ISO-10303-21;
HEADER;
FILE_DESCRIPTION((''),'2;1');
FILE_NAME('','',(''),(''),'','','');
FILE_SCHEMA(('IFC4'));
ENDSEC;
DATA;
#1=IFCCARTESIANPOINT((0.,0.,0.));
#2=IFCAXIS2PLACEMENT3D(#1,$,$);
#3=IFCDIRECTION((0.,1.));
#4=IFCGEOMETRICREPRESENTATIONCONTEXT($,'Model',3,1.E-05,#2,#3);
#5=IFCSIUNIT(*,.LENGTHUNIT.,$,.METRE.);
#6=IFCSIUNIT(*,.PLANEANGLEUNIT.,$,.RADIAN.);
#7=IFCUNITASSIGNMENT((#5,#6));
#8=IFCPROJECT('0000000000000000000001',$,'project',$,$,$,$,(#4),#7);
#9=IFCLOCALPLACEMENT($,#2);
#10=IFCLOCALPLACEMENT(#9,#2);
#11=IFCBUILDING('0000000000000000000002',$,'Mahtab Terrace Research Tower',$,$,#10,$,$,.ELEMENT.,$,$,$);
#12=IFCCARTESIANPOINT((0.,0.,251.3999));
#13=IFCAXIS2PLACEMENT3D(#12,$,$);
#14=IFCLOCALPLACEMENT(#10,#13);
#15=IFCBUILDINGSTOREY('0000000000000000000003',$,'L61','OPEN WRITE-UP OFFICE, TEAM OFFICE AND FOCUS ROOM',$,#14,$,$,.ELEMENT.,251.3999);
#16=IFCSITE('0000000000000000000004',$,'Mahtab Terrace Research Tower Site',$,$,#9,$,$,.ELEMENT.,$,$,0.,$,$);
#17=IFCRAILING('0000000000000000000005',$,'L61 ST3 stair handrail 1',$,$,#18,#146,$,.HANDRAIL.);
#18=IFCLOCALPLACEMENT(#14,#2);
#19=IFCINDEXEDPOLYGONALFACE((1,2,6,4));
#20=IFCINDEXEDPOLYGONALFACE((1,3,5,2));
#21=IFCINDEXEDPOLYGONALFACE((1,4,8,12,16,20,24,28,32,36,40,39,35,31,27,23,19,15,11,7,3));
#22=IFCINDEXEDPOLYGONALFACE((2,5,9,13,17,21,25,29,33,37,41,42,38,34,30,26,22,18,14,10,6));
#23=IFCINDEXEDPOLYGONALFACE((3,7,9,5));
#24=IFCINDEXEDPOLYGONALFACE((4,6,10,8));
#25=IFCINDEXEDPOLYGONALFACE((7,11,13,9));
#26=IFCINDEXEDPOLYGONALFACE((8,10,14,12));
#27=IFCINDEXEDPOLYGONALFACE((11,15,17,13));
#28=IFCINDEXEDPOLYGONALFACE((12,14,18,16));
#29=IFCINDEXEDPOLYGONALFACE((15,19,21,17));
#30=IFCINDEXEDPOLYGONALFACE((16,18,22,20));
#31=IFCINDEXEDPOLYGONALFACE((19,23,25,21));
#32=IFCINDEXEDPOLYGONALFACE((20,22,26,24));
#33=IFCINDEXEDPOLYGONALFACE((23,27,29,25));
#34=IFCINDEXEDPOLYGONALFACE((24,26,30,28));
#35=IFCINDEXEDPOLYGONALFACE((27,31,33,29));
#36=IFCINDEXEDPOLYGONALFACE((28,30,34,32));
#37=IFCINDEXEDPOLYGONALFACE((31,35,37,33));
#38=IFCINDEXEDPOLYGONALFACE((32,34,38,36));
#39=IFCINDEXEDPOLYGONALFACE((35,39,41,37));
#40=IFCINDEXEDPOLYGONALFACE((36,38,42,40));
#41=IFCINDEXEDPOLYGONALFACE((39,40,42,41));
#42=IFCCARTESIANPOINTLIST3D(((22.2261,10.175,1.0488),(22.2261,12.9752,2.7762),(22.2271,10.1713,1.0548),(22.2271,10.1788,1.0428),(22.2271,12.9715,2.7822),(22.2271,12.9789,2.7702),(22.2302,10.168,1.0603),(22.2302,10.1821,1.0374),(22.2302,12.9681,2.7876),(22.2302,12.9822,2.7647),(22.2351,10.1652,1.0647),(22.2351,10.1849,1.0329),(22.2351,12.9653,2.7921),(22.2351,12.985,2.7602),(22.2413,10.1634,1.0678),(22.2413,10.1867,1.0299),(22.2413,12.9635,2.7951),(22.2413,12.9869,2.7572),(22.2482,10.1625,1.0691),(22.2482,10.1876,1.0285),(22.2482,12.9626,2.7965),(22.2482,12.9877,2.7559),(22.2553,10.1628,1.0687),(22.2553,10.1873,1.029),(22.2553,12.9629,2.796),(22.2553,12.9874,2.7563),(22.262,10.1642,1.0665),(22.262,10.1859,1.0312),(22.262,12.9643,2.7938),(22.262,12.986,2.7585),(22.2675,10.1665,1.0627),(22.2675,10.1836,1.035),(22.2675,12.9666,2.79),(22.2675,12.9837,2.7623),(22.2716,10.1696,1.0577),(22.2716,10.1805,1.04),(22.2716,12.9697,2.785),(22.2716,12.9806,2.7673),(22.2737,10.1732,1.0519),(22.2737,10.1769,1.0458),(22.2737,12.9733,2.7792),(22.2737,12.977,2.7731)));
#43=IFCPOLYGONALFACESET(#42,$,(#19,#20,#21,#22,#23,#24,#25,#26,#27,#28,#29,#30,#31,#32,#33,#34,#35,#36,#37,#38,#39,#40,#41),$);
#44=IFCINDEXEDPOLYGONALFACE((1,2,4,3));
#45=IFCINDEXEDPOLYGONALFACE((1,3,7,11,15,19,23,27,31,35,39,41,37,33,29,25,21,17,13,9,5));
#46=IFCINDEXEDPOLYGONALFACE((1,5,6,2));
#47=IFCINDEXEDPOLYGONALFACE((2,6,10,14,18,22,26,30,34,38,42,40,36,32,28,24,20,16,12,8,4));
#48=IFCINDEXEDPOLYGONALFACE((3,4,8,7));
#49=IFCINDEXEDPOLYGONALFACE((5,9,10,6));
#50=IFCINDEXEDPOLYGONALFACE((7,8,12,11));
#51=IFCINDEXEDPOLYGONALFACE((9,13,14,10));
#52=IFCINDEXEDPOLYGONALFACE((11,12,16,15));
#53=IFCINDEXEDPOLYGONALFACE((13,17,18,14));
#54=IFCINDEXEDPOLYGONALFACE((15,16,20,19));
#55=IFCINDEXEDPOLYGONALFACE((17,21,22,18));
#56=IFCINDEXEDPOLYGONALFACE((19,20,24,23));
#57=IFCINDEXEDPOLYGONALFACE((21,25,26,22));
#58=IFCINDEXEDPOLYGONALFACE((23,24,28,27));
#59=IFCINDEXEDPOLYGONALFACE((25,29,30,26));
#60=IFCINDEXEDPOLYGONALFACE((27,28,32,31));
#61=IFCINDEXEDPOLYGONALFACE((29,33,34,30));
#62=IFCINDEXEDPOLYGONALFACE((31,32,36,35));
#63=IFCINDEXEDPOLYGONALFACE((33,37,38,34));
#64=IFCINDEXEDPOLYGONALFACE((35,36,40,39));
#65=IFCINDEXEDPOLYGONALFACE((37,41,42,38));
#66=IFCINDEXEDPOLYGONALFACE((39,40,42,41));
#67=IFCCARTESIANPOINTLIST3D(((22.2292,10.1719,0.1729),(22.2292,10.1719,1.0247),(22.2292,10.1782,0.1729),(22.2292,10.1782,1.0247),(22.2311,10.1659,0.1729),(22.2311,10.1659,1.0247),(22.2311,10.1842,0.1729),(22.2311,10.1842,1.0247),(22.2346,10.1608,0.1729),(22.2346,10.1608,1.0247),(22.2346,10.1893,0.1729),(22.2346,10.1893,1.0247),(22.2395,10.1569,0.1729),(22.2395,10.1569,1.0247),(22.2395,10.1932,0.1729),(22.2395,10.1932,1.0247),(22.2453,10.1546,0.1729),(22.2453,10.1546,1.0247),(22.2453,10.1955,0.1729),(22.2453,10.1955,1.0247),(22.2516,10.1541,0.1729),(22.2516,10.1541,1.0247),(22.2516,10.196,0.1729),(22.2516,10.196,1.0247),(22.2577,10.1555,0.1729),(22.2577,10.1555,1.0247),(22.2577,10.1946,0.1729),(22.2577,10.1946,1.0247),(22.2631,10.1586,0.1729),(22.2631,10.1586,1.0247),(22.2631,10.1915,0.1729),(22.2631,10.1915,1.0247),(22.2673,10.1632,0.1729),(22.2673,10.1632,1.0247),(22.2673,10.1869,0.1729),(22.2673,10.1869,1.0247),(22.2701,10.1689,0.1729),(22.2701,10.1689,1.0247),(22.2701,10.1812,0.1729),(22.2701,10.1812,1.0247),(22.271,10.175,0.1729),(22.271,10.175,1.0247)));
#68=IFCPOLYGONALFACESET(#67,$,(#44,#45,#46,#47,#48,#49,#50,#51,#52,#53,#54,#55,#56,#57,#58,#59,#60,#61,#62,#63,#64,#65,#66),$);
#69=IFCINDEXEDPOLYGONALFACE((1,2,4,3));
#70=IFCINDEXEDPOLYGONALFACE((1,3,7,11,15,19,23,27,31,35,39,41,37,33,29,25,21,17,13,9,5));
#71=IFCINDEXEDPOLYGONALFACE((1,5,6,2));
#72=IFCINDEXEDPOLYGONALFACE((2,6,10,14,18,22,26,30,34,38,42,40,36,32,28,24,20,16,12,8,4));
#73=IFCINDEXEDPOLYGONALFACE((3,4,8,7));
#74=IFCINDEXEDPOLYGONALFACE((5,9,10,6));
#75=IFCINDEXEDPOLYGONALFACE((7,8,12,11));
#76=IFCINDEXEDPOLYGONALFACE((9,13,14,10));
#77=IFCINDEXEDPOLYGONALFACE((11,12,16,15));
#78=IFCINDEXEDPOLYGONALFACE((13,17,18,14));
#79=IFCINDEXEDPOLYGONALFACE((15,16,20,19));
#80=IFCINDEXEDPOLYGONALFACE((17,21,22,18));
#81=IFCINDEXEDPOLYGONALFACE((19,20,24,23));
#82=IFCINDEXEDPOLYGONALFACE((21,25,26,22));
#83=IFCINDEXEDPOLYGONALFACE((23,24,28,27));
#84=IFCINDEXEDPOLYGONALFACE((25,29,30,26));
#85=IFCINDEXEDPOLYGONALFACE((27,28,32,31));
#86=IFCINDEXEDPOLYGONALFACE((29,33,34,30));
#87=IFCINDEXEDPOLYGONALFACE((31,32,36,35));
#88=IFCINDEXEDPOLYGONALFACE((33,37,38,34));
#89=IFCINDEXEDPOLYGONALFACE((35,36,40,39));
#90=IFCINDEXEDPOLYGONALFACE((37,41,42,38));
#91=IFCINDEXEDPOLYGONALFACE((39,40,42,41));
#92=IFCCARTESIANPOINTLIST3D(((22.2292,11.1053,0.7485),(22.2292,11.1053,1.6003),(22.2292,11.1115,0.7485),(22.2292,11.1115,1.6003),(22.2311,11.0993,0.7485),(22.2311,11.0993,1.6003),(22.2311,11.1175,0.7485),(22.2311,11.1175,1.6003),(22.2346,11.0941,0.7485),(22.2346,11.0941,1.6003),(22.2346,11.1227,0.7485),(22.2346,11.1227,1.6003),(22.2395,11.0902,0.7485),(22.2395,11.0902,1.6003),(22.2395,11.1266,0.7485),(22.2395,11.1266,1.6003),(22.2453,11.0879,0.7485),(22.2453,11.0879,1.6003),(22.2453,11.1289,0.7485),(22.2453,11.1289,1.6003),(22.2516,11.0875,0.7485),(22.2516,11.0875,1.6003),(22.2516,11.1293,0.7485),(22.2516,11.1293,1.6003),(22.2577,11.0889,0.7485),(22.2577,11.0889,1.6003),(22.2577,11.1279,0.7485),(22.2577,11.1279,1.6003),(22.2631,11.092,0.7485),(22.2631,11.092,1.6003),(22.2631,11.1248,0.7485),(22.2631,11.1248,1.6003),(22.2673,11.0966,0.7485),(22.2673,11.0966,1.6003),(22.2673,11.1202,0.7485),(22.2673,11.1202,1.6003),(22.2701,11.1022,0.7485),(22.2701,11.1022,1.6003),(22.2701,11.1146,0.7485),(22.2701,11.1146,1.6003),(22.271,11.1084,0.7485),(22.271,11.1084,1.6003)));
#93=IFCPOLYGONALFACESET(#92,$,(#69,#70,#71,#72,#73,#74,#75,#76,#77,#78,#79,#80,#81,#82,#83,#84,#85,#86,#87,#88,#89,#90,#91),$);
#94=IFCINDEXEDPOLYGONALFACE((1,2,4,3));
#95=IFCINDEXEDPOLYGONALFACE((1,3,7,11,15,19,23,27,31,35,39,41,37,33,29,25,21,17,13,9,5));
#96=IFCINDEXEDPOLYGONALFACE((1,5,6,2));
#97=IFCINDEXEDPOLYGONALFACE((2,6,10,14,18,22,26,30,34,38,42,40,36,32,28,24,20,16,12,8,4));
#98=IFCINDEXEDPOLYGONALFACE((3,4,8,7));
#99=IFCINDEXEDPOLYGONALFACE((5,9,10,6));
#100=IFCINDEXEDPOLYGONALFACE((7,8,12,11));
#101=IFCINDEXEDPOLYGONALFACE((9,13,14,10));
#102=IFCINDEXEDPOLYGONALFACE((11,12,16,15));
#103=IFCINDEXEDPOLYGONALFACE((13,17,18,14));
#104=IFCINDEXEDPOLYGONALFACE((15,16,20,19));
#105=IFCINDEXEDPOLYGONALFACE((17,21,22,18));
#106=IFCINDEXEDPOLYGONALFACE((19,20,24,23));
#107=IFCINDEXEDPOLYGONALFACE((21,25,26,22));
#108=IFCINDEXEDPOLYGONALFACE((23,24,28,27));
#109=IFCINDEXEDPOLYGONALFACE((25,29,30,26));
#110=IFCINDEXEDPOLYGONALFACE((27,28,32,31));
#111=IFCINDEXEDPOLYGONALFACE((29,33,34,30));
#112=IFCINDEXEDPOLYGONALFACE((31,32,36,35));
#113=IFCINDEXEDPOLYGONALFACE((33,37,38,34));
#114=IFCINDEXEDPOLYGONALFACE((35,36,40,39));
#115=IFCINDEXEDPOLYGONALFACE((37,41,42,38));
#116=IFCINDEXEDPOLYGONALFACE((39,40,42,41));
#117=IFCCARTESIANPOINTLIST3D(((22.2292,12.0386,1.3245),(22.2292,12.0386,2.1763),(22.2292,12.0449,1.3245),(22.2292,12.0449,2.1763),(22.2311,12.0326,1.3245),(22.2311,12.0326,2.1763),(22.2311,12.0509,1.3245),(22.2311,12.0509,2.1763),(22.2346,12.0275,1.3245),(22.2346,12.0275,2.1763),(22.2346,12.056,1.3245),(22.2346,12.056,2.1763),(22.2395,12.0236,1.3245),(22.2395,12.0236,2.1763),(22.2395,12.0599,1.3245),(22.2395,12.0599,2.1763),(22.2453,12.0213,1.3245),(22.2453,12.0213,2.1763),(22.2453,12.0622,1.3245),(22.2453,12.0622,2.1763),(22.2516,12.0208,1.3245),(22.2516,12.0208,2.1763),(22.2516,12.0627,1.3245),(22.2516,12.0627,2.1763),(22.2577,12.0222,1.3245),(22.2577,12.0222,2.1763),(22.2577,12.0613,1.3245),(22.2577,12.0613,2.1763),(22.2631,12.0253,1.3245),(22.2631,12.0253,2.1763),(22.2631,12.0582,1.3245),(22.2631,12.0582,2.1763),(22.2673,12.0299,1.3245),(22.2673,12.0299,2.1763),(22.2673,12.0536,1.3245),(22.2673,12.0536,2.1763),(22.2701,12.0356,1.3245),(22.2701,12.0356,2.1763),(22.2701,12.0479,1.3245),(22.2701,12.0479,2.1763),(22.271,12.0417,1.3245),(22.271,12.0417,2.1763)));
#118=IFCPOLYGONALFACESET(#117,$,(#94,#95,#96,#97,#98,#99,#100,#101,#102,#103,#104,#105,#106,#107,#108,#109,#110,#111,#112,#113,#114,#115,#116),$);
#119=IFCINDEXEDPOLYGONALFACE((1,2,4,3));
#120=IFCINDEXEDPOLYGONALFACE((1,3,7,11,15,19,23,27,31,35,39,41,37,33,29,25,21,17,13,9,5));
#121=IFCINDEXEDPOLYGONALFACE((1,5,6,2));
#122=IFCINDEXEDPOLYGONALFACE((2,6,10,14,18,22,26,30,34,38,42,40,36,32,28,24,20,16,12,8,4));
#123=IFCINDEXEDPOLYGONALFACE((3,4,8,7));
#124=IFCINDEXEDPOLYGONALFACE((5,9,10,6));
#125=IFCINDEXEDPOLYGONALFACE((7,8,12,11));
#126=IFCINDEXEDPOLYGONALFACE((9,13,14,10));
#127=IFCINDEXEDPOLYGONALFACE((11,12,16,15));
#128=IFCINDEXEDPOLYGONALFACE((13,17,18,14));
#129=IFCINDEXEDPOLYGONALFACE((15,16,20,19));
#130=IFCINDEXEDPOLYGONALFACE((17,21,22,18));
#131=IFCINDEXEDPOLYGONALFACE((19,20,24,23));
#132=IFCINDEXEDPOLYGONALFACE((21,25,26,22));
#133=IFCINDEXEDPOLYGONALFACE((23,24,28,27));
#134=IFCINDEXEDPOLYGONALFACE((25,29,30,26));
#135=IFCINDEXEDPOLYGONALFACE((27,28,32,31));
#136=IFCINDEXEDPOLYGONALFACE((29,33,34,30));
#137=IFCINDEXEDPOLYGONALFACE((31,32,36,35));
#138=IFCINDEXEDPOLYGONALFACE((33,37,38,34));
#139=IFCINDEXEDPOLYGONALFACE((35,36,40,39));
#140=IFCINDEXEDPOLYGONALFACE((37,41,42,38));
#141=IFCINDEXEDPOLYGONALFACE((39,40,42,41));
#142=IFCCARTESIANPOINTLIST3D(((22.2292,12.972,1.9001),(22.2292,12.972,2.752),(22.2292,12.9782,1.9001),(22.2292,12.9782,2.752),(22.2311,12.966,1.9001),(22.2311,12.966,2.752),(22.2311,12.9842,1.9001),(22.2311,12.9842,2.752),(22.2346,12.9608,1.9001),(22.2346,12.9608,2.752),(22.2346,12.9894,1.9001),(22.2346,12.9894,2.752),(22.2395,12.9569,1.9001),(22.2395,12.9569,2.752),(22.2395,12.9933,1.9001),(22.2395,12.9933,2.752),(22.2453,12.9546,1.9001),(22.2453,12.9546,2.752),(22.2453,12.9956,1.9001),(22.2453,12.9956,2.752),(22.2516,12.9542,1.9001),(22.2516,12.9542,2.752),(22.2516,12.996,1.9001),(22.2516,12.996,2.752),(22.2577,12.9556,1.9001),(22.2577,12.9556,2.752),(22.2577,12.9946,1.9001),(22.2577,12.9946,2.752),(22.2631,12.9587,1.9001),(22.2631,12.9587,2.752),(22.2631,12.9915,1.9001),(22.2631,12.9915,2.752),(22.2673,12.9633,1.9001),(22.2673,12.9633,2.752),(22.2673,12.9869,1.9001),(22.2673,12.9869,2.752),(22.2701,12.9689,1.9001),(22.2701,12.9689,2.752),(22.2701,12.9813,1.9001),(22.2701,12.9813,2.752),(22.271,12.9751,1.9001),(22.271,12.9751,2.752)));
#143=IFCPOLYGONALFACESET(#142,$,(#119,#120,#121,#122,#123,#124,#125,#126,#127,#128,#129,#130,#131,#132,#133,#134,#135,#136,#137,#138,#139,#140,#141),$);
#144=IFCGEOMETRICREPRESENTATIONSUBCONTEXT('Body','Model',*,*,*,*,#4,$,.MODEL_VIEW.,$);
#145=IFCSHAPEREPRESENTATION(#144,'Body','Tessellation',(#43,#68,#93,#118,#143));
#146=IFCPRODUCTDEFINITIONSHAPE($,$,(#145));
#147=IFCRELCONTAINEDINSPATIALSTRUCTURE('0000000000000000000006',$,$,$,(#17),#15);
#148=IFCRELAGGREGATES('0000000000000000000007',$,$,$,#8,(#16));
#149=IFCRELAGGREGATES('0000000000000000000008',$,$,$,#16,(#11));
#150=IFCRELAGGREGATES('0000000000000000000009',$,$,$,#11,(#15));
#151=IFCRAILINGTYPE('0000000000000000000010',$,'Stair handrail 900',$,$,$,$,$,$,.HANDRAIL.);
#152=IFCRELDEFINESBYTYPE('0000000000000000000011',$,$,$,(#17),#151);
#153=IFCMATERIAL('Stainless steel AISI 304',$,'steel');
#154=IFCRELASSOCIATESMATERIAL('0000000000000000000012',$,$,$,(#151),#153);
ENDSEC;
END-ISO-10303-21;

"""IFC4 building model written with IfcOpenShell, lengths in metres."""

from ifc_helpers import new_model, si_unit, direction, frame, origin, origin_2d, place, context, subcontext, project, spatial, circle, extrude, material, type_object, element, save


model = new_model("IFC4")

# Units and contexts
model_context = context("Model", 3, precision=1e-05, world=origin(), true_north=direction((0.0, 1.0)))
body_context = subcontext(model_context, "Body", "Model", "MODEL_VIEW")
ifc_project = project(units=[si_unit("LENGTHUNIT", "METRE"), si_unit("PLANEANGLEUNIT", "RADIAN")], contexts=[model_context])

# Site, building, storey
site_placement = place(None, origin())
site = spatial("IfcSite", under=ifc_project, at=site_placement, Name="Mahtab Terrace Research Tower Site", CompositionType="ELEMENT", RefElevation=0.0)
building_placement = place(site_placement, origin())
building = spatial("IfcBuilding", under=site, at=building_placement, Name="Mahtab Terrace Research Tower", CompositionType="ELEMENT")
storey_placement = place(building_placement, frame((0.0, 0.0, 251.3999)))
storey = spatial("IfcBuildingStorey", under=building, at=storey_placement, Name="L61", Description="OPEN WRITE-UP OFFICE, TEAM OFFICE AND FOCUS ROOM", CompositionType="ELEMENT", Elevation=251.3999)

# Shared definitions
ifc_material_1 = material(Name="Stainless steel AISI 304", Category="steel")

# Railing
railing_type_1 = type_object("IfcRailingType", Name="Stair handrail 900", PredefinedType="HANDRAIL", material=ifc_material_1)
railing_1_placement = place(storey_placement, frame((22.25, 10.175, 0.1729)))
element("IfcRailing", 1, at=railing_1_placement, inside=storey, type_object=railing_type_1, Name="L61 ST3 stair handrail 1", PredefinedType="HANDRAIL", context=body_context, shape_type="SweptSolid", body=[
    extrude(circle(Radius=0.0239, at=origin_2d()), frame((0.0, 0.0, 0.876), z_axis=(0.0, 0.85109, 0.52502), x_axis=(-1.0, 0.0, 0.0)), (0.0, 0.0, 1.0), 3.29),
    extrude(circle(Radius=0.021, at=origin_2d()), origin(), (0.0, 0.0, 1.0), 0.8518),
    extrude(circle(Radius=0.021, at=origin_2d()), frame((0.0, 0.9333, 0.5757)), (0.0, 0.0, 1.0), 0.8518),
    extrude(circle(Radius=0.021, at=origin_2d()), frame((0.0, 1.8667, 1.1516)), (0.0, 0.0, 1.0), 0.8518),
    extrude(circle(Radius=0.021, at=origin_2d()), frame((0.0, 2.8, 1.7273)), (0.0, 0.0, 1.0), 0.8518),
])

save(model, "model.ifc")
